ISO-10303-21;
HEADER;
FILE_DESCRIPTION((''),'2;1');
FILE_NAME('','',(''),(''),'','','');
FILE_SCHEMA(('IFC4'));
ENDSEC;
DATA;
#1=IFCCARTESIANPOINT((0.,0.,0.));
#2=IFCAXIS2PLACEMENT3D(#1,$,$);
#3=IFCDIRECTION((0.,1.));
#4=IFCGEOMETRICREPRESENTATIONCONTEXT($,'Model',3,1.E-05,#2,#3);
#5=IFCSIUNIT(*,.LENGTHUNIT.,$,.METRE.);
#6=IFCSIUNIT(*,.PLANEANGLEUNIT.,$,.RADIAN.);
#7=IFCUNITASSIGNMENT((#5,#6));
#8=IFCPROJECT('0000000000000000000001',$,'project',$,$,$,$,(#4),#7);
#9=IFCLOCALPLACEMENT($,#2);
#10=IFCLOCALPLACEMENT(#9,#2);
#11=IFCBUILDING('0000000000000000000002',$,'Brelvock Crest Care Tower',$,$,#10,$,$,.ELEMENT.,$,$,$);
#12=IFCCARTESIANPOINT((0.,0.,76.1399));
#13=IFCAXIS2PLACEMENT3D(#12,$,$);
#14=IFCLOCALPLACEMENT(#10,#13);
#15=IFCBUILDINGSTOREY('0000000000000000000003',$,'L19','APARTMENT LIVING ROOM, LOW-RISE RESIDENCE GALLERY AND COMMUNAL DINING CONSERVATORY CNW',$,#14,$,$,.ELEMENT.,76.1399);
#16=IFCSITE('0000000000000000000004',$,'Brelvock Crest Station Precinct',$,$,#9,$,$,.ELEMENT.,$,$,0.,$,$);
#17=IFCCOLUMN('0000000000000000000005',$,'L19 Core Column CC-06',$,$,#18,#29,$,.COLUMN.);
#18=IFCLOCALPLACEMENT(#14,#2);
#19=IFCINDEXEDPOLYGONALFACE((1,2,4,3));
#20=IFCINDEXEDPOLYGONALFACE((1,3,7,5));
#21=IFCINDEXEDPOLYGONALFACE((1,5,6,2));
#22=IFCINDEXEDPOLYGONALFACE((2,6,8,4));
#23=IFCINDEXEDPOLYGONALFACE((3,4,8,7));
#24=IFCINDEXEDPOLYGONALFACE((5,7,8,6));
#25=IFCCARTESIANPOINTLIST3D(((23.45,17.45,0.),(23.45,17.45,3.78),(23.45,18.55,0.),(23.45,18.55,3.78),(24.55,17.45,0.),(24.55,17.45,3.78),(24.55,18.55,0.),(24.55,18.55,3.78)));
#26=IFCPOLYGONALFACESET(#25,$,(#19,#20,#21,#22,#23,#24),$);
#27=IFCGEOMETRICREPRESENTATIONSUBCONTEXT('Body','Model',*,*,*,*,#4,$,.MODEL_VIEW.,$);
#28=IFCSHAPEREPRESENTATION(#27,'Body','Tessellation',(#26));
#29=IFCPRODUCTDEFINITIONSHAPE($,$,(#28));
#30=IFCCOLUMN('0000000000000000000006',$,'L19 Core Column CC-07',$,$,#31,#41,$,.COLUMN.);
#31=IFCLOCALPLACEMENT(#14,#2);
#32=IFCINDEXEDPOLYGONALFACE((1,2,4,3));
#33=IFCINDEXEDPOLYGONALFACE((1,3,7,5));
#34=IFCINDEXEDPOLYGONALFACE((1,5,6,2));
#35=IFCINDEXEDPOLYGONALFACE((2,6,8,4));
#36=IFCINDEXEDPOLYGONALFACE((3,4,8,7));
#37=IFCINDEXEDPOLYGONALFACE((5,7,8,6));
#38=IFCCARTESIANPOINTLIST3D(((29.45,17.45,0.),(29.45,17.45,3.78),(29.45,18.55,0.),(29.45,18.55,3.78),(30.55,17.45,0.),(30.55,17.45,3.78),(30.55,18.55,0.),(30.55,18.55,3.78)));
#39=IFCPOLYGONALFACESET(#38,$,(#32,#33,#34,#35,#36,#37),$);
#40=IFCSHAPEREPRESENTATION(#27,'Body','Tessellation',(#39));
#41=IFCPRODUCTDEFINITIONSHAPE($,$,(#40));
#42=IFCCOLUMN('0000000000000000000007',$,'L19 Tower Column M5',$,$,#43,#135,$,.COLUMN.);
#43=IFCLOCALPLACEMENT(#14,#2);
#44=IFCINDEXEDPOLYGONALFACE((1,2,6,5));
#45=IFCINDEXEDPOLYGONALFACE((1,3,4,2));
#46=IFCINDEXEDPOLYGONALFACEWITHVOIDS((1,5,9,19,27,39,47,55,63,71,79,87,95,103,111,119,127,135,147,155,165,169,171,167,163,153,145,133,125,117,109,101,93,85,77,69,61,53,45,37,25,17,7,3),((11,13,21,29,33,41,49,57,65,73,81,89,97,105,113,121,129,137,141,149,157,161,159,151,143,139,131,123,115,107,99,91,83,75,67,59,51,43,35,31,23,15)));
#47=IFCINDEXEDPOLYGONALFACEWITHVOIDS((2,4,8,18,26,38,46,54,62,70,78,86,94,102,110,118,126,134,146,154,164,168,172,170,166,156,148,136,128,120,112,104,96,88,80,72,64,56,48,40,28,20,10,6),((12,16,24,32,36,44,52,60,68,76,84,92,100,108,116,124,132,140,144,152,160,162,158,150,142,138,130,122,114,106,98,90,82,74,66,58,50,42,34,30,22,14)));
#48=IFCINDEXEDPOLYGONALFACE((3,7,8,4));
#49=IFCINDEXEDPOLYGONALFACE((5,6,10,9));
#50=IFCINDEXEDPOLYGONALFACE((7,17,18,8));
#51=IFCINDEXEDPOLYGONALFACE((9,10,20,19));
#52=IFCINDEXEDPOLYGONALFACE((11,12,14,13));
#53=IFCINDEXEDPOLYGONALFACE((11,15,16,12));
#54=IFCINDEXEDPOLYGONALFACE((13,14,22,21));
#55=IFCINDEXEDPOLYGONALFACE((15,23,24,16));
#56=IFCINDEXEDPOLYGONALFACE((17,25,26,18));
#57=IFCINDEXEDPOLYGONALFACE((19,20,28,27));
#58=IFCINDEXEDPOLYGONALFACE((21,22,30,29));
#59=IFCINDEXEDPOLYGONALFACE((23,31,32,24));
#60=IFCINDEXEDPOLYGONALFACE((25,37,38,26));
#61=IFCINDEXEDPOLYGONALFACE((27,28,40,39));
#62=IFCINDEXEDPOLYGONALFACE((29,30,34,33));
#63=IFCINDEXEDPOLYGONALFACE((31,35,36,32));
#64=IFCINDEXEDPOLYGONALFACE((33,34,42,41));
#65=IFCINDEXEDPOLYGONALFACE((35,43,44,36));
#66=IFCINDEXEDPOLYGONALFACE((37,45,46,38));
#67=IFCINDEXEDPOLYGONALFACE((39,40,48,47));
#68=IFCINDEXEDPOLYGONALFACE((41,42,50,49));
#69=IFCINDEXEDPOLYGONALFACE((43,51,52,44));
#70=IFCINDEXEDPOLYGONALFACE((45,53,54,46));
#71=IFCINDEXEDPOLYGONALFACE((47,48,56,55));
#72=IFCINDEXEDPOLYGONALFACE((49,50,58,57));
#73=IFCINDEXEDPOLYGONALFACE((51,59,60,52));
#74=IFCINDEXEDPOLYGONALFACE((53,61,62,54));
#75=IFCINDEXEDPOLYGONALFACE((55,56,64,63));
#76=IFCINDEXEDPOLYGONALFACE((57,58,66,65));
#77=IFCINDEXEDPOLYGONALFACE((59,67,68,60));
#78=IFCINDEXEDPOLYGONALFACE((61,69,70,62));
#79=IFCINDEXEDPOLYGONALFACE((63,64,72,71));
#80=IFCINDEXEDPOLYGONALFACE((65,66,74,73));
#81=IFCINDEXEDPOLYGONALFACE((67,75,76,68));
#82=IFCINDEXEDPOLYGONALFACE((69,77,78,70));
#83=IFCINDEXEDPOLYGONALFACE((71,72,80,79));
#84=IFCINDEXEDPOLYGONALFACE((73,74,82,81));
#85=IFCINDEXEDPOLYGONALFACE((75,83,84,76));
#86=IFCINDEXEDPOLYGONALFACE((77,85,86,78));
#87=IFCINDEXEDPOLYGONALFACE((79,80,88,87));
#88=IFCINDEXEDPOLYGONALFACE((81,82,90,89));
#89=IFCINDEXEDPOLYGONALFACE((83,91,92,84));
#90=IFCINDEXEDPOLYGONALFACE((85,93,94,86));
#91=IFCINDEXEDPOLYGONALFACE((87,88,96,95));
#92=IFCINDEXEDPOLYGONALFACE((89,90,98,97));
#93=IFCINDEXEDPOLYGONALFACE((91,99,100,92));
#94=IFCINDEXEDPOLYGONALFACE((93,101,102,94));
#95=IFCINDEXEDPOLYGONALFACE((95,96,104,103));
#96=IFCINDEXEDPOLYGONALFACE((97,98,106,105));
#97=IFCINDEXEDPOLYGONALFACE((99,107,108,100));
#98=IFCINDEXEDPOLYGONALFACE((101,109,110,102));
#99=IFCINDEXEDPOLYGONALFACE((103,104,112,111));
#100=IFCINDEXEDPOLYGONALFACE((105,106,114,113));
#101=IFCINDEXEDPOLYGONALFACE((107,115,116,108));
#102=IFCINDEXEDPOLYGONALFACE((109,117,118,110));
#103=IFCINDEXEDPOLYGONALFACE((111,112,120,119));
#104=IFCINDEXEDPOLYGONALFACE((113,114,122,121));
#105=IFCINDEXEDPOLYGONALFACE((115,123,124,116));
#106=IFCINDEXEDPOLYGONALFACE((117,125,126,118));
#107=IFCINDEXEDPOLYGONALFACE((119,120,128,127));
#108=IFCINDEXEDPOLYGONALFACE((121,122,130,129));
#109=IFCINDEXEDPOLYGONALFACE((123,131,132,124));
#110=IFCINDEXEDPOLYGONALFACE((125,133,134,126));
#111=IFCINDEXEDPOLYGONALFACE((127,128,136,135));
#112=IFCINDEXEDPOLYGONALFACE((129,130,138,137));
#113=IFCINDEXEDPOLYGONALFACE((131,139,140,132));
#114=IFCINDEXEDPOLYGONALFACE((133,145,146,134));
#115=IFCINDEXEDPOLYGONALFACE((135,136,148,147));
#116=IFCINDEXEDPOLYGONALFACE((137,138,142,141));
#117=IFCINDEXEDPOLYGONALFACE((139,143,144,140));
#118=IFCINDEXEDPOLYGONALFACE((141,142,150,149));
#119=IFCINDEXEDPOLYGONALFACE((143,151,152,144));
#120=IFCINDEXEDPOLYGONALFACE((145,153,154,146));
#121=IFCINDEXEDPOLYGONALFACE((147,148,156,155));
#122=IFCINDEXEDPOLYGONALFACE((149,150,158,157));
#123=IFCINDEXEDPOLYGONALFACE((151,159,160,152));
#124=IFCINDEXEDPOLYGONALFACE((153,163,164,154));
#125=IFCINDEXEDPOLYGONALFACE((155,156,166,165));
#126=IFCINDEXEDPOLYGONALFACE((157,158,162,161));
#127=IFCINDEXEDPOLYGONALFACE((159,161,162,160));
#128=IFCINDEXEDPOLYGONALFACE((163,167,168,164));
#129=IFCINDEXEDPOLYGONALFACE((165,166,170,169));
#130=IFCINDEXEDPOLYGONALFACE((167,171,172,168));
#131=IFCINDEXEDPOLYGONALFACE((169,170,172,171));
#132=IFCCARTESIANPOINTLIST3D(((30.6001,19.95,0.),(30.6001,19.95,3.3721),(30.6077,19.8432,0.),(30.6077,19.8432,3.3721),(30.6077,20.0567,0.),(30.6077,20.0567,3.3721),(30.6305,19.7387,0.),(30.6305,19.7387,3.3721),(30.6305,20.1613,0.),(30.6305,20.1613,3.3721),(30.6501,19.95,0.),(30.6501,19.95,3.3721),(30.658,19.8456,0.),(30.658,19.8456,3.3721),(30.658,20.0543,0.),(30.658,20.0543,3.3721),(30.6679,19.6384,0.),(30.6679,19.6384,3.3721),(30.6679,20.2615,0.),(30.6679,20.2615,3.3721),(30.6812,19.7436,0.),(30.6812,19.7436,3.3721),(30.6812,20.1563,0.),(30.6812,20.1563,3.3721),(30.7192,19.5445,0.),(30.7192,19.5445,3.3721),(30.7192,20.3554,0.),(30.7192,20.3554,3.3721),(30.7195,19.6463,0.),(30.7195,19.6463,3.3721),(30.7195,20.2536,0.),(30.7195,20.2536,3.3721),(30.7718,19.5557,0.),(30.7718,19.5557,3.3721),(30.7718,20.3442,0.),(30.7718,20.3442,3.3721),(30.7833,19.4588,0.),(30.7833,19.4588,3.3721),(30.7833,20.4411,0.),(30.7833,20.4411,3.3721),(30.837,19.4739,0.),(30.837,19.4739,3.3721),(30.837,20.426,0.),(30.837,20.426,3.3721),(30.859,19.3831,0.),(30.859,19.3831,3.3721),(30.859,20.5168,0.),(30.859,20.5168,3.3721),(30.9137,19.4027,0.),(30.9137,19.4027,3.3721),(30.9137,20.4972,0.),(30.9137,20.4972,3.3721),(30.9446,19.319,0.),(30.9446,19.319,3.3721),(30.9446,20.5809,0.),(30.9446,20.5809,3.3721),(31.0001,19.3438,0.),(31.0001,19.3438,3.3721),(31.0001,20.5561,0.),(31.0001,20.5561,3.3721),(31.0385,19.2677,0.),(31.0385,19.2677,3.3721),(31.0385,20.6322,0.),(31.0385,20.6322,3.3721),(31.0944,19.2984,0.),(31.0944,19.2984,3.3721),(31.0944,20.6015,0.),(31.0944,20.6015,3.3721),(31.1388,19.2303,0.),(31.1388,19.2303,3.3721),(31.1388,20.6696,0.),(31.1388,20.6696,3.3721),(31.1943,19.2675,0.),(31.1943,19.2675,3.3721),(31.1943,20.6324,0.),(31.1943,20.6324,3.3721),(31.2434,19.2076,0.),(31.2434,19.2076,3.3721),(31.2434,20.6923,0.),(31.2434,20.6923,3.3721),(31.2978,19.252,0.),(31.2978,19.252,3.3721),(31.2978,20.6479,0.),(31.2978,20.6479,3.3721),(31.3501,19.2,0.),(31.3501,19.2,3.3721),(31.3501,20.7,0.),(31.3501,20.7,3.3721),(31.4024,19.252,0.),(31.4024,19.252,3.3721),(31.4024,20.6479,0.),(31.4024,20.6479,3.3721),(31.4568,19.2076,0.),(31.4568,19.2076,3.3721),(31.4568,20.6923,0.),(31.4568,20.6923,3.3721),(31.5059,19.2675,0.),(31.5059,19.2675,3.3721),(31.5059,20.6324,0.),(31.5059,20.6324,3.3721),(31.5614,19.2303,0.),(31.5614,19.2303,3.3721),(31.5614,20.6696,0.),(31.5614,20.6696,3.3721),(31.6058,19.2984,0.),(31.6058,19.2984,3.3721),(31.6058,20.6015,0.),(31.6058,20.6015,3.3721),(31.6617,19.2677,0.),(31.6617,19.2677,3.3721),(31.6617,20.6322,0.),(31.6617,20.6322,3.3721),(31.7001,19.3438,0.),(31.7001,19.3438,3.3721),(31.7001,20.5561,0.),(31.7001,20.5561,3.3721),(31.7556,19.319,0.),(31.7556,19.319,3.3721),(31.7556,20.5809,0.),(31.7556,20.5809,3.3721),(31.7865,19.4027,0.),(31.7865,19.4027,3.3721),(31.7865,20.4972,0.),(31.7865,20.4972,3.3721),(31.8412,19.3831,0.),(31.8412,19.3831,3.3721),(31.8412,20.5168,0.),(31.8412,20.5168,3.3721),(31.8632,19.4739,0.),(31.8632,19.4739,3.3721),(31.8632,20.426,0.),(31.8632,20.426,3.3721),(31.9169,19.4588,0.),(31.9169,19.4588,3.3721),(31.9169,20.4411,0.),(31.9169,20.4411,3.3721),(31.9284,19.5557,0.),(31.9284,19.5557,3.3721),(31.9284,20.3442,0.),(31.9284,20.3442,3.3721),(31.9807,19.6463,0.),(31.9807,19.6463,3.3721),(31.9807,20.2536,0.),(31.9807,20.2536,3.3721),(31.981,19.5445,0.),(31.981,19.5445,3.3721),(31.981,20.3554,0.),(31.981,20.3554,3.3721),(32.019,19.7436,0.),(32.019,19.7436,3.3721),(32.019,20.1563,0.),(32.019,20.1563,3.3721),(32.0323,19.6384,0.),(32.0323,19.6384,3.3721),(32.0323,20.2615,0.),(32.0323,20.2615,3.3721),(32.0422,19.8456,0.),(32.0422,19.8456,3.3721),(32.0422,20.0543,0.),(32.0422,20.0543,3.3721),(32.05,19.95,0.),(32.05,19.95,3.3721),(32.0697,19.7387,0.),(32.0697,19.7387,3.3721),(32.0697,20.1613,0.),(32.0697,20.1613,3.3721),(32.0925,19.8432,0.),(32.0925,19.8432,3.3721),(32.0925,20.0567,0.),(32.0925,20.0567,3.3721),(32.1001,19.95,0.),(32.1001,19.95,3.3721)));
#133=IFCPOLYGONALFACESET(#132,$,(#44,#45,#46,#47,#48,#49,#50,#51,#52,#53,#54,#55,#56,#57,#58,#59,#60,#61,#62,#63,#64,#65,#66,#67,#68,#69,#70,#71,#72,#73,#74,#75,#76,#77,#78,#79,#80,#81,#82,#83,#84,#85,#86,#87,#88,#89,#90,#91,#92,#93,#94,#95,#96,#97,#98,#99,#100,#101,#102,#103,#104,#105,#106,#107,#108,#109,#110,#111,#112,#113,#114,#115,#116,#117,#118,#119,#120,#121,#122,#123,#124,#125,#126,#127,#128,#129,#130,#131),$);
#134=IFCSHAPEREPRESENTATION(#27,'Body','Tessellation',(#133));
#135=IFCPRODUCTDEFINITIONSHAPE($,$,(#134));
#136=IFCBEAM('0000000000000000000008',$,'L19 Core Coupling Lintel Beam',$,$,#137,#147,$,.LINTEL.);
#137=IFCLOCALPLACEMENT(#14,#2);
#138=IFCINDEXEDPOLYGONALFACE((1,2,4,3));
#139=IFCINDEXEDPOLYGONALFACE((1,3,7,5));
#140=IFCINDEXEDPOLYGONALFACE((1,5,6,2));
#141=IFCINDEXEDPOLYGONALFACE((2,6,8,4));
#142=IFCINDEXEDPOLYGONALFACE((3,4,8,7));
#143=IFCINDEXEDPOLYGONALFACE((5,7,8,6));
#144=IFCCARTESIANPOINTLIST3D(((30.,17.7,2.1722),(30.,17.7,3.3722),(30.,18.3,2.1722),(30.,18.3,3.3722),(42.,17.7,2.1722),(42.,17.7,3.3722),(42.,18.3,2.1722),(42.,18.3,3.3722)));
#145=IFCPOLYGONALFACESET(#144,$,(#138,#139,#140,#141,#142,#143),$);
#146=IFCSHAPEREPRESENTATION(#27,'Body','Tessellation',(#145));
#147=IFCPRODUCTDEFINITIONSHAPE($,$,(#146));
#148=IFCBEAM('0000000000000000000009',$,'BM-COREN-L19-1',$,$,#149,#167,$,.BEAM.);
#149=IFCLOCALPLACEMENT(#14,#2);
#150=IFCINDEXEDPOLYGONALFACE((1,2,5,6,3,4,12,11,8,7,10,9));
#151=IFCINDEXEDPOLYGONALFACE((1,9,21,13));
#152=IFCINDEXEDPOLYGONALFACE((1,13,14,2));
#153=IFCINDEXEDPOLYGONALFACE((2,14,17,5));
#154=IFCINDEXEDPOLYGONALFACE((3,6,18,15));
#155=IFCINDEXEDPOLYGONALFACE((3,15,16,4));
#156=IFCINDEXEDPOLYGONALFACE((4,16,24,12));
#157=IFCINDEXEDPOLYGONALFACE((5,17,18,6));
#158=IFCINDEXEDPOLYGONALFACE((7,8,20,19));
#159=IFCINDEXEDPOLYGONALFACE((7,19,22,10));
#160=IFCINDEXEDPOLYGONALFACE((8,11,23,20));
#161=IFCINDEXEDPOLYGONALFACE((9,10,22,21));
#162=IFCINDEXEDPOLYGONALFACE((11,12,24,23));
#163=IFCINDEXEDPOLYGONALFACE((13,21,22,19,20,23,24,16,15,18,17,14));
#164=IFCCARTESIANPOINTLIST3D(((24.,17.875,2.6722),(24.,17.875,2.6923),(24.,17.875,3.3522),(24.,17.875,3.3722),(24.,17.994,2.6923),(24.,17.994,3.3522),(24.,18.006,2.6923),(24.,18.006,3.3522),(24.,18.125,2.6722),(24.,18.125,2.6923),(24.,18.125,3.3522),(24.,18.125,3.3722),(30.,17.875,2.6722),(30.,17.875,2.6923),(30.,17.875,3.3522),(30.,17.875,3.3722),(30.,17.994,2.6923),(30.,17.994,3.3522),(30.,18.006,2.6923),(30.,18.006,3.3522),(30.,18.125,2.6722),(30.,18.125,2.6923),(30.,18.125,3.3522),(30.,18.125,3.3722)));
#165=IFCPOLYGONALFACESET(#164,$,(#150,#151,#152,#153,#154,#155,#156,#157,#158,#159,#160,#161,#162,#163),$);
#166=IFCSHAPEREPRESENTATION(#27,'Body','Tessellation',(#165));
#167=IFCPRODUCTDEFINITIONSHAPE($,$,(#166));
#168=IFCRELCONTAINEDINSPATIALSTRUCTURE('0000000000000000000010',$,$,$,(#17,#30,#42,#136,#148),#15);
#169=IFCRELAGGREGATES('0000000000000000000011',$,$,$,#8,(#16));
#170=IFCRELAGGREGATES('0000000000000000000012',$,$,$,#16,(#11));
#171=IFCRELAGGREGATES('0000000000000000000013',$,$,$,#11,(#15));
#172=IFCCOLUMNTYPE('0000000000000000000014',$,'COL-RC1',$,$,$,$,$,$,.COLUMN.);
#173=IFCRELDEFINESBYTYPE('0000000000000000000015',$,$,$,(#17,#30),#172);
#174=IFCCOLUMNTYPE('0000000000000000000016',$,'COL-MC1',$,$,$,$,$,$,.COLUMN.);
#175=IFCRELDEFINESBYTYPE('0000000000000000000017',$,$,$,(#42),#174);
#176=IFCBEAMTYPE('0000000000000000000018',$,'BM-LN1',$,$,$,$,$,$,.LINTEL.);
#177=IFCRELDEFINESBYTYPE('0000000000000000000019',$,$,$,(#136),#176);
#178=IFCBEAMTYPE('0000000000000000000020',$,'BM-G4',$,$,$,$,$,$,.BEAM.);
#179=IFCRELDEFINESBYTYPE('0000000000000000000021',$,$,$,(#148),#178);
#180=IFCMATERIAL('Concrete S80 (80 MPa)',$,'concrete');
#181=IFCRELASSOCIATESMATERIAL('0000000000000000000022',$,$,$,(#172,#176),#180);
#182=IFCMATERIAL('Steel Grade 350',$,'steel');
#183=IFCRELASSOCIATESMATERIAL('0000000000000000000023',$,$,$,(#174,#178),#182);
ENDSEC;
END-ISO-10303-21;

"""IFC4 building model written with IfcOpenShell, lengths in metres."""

from ifc_helpers import new_model, si_unit, direction, frame, origin, origin_2d, place, context, subcontext, project, spatial, rectangle, hollow_circle, i_section, extrude, source, transform, mapped, material, material_profile, profile_set, type_object, element, save


model = new_model("IFC4")

# Units and contexts
model_context = context("Model", 3, precision=1e-05, world=origin(), true_north=direction((0.0, 1.0)))
body_context = subcontext(model_context, "Body", "Model", "MODEL_VIEW")
ifc_project = project(units=[si_unit("LENGTHUNIT", "METRE"), si_unit("PLANEANGLEUNIT", "RADIAN")], contexts=[model_context])

# Site, building, storey
site_placement = place(None, origin())
site = spatial("IfcSite", under=ifc_project, at=site_placement, Name="Brelvock Crest Station Precinct", CompositionType="ELEMENT", RefElevation=0.0)
building_placement = place(site_placement, origin())
building = spatial("IfcBuilding", under=site, at=building_placement, Name="Brelvock Crest Care Tower", CompositionType="ELEMENT")
storey_placement = place(building_placement, frame((0.0, 0.0, 76.1399)))
storey = spatial("IfcBuildingStorey", under=building, at=storey_placement, Name="L19", Description="APARTMENT LIVING ROOM, LOW-RISE RESIDENCE GALLERY AND COMMUNAL DINING CONSERVATORY CNW", CompositionType="ELEMENT", Elevation=76.1399)

# Columns
ifc_material_1 = material(Name="Concrete S80 (80 MPa)", Category="concrete")
ifc_material_profile_1 = material_profile(ifc_material_1, rectangle(XDim=1.1001, YDim=1.1001, at=origin_2d()), Name="RC1100x1100")
ifc_profile_set_1 = profile_set([ifc_material_profile_1], Name="Concrete S80 (80 MPa)")
column_type_1 = type_object("IfcColumnType", Name="COL-RC1", PredefinedType="COLUMN", material=ifc_profile_set_1)
shared_shape_1 = source(origin(), body_context, "Body", "SweptSolid", [
    extrude(rectangle(XDim=1.1001, YDim=1.1001, at=origin_2d()), origin(), (0.0, 0.0, 1.0), 3.78),
])
for number, where, z_axis, x_axis, name in (
    (1, (24.0, 18.0, 0.0), (0.0, 0.0, 1.0), (1.0, 0.0, 0.0), "L19 Core Column CC-06"),
    (2, (30.0, 18.0, 0.0), (0.0, 0.0, 1.0), (1.0, 0.0, 0.0), "L19 Core Column CC-07"),
):
    element("IfcColumn", number, at=place(storey_placement, frame(where, z_axis=z_axis, x_axis=x_axis)), inside=storey, type_object=column_type_1, Name=name, PredefinedType="COLUMN", context=body_context, shape_type="MappedRepresentation", body=[
        mapped(shared_shape_1, transform((0.0, 0.0, 0.0), x_axis=(1.0, 0.0, 0.0), y_axis=(0.0, 1.0, 0.0), z_axis=(0.0, 0.0, 1.0), scale=1.0)),
    ])
ifc_material_2 = material(Name="Steel Grade 350", Category="steel")
ifc_material_profile_2 = material_profile(ifc_material_2, hollow_circle(Radius=0.75, WallThickness=0.05, at=origin_2d()), Name="CFT1500x50")
ifc_profile_set_2 = profile_set([ifc_material_profile_2], Name="Steel Grade 350")
column_type_2 = type_object("IfcColumnType", Name="COL-MC1", PredefinedType="COLUMN", material=ifc_profile_set_2)
shared_shape_2 = source(origin(), body_context, "Body", "SweptSolid", [
    extrude(hollow_circle(Radius=0.75, WallThickness=0.05, at=origin_2d()), origin(), (0.0, 0.0, 1.0), 3.3721),
])
column_placement = place(storey_placement, frame((31.3501, 19.95, 0.0), z_axis=(0.0, 0.0, 1.0), x_axis=(1.0, 0.0, 0.0)))
element("IfcColumn", 3, at=column_placement, inside=storey, type_object=column_type_2, Name="L19 Tower Column M5", PredefinedType="COLUMN", context=body_context, shape_type="MappedRepresentation", body=[
    mapped(shared_shape_2, transform((0.0, 0.0, 0.0), x_axis=(1.0, 0.0, 0.0), y_axis=(0.0, 1.0, 0.0), z_axis=(0.0, 0.0, 1.0), scale=1.0)),
])

# Beams
ifc_material_profile_3 = material_profile(ifc_material_1, rectangle(XDim=0.6001, YDim=1.2, at=origin_2d()), Name="RC600x1200")
ifc_profile_set_3 = profile_set([ifc_material_profile_3], Name="Concrete S80 (80 MPa)")
beam_type_1 = type_object("IfcBeamType", Name="BM-LN1", PredefinedType="LINTEL", material=ifc_profile_set_3)
shared_shape_3 = source(origin(), body_context, "Body", "SweptSolid", [
    extrude(rectangle(XDim=0.6001, YDim=1.2, at=origin_2d()), origin(), (0.0, 0.0, 1.0), 12.0),
])
beam_1_placement = place(storey_placement, frame((30.0, 18.0, 2.7722), z_axis=(1.0, 0.0, 0.0), x_axis=(0.0, 1.0, 0.0)))
element("IfcBeam", 4, at=beam_1_placement, inside=storey, type_object=beam_type_1, Name="L19 Core Coupling Lintel Beam", PredefinedType="LINTEL", context=body_context, shape_type="MappedRepresentation", body=[
    mapped(shared_shape_3, transform((0.0, 0.0, 0.0), x_axis=(1.0, 0.0, 0.0), y_axis=(0.0, 1.0, 0.0), z_axis=(0.0, 0.0, 1.0), scale=1.0)),
])
ifc_material_profile_4 = material_profile(ifc_material_2, i_section(OverallWidth=0.25, OverallDepth=0.7, WebThickness=0.012, FlangeThickness=0.02, at=origin_2d()), Name="700WB150")
ifc_profile_set_4 = profile_set([ifc_material_profile_4], Name="Steel Grade 350")
beam_type_2 = type_object("IfcBeamType", Name="BM-G4", PredefinedType="BEAM", material=ifc_profile_set_4)
shared_shape_4 = source(origin(), body_context, "Body", "SweptSolid", [
    extrude(i_section(OverallWidth=0.25, OverallDepth=0.7, WebThickness=0.012, FlangeThickness=0.02, at=origin_2d()), origin(), (0.0, 0.0, 1.0), 6.0),
])
beam_2_placement = place(storey_placement, frame((24.0, 18.0, 3.0222), z_axis=(1.0, 0.0, 0.0), x_axis=(0.0, 1.0, 0.0)))
element("IfcBeam", 5, at=beam_2_placement, inside=storey, type_object=beam_type_2, Name="BM-COREN-L19-1", PredefinedType="BEAM", context=body_context, shape_type="MappedRepresentation", body=[
    mapped(shared_shape_4, transform((0.0, 0.0, 0.0), x_axis=(1.0, 0.0, 0.0), y_axis=(0.0, 1.0, 0.0), z_axis=(0.0, 0.0, 1.0), scale=1.0)),
])

save(model, "model.ifc")
